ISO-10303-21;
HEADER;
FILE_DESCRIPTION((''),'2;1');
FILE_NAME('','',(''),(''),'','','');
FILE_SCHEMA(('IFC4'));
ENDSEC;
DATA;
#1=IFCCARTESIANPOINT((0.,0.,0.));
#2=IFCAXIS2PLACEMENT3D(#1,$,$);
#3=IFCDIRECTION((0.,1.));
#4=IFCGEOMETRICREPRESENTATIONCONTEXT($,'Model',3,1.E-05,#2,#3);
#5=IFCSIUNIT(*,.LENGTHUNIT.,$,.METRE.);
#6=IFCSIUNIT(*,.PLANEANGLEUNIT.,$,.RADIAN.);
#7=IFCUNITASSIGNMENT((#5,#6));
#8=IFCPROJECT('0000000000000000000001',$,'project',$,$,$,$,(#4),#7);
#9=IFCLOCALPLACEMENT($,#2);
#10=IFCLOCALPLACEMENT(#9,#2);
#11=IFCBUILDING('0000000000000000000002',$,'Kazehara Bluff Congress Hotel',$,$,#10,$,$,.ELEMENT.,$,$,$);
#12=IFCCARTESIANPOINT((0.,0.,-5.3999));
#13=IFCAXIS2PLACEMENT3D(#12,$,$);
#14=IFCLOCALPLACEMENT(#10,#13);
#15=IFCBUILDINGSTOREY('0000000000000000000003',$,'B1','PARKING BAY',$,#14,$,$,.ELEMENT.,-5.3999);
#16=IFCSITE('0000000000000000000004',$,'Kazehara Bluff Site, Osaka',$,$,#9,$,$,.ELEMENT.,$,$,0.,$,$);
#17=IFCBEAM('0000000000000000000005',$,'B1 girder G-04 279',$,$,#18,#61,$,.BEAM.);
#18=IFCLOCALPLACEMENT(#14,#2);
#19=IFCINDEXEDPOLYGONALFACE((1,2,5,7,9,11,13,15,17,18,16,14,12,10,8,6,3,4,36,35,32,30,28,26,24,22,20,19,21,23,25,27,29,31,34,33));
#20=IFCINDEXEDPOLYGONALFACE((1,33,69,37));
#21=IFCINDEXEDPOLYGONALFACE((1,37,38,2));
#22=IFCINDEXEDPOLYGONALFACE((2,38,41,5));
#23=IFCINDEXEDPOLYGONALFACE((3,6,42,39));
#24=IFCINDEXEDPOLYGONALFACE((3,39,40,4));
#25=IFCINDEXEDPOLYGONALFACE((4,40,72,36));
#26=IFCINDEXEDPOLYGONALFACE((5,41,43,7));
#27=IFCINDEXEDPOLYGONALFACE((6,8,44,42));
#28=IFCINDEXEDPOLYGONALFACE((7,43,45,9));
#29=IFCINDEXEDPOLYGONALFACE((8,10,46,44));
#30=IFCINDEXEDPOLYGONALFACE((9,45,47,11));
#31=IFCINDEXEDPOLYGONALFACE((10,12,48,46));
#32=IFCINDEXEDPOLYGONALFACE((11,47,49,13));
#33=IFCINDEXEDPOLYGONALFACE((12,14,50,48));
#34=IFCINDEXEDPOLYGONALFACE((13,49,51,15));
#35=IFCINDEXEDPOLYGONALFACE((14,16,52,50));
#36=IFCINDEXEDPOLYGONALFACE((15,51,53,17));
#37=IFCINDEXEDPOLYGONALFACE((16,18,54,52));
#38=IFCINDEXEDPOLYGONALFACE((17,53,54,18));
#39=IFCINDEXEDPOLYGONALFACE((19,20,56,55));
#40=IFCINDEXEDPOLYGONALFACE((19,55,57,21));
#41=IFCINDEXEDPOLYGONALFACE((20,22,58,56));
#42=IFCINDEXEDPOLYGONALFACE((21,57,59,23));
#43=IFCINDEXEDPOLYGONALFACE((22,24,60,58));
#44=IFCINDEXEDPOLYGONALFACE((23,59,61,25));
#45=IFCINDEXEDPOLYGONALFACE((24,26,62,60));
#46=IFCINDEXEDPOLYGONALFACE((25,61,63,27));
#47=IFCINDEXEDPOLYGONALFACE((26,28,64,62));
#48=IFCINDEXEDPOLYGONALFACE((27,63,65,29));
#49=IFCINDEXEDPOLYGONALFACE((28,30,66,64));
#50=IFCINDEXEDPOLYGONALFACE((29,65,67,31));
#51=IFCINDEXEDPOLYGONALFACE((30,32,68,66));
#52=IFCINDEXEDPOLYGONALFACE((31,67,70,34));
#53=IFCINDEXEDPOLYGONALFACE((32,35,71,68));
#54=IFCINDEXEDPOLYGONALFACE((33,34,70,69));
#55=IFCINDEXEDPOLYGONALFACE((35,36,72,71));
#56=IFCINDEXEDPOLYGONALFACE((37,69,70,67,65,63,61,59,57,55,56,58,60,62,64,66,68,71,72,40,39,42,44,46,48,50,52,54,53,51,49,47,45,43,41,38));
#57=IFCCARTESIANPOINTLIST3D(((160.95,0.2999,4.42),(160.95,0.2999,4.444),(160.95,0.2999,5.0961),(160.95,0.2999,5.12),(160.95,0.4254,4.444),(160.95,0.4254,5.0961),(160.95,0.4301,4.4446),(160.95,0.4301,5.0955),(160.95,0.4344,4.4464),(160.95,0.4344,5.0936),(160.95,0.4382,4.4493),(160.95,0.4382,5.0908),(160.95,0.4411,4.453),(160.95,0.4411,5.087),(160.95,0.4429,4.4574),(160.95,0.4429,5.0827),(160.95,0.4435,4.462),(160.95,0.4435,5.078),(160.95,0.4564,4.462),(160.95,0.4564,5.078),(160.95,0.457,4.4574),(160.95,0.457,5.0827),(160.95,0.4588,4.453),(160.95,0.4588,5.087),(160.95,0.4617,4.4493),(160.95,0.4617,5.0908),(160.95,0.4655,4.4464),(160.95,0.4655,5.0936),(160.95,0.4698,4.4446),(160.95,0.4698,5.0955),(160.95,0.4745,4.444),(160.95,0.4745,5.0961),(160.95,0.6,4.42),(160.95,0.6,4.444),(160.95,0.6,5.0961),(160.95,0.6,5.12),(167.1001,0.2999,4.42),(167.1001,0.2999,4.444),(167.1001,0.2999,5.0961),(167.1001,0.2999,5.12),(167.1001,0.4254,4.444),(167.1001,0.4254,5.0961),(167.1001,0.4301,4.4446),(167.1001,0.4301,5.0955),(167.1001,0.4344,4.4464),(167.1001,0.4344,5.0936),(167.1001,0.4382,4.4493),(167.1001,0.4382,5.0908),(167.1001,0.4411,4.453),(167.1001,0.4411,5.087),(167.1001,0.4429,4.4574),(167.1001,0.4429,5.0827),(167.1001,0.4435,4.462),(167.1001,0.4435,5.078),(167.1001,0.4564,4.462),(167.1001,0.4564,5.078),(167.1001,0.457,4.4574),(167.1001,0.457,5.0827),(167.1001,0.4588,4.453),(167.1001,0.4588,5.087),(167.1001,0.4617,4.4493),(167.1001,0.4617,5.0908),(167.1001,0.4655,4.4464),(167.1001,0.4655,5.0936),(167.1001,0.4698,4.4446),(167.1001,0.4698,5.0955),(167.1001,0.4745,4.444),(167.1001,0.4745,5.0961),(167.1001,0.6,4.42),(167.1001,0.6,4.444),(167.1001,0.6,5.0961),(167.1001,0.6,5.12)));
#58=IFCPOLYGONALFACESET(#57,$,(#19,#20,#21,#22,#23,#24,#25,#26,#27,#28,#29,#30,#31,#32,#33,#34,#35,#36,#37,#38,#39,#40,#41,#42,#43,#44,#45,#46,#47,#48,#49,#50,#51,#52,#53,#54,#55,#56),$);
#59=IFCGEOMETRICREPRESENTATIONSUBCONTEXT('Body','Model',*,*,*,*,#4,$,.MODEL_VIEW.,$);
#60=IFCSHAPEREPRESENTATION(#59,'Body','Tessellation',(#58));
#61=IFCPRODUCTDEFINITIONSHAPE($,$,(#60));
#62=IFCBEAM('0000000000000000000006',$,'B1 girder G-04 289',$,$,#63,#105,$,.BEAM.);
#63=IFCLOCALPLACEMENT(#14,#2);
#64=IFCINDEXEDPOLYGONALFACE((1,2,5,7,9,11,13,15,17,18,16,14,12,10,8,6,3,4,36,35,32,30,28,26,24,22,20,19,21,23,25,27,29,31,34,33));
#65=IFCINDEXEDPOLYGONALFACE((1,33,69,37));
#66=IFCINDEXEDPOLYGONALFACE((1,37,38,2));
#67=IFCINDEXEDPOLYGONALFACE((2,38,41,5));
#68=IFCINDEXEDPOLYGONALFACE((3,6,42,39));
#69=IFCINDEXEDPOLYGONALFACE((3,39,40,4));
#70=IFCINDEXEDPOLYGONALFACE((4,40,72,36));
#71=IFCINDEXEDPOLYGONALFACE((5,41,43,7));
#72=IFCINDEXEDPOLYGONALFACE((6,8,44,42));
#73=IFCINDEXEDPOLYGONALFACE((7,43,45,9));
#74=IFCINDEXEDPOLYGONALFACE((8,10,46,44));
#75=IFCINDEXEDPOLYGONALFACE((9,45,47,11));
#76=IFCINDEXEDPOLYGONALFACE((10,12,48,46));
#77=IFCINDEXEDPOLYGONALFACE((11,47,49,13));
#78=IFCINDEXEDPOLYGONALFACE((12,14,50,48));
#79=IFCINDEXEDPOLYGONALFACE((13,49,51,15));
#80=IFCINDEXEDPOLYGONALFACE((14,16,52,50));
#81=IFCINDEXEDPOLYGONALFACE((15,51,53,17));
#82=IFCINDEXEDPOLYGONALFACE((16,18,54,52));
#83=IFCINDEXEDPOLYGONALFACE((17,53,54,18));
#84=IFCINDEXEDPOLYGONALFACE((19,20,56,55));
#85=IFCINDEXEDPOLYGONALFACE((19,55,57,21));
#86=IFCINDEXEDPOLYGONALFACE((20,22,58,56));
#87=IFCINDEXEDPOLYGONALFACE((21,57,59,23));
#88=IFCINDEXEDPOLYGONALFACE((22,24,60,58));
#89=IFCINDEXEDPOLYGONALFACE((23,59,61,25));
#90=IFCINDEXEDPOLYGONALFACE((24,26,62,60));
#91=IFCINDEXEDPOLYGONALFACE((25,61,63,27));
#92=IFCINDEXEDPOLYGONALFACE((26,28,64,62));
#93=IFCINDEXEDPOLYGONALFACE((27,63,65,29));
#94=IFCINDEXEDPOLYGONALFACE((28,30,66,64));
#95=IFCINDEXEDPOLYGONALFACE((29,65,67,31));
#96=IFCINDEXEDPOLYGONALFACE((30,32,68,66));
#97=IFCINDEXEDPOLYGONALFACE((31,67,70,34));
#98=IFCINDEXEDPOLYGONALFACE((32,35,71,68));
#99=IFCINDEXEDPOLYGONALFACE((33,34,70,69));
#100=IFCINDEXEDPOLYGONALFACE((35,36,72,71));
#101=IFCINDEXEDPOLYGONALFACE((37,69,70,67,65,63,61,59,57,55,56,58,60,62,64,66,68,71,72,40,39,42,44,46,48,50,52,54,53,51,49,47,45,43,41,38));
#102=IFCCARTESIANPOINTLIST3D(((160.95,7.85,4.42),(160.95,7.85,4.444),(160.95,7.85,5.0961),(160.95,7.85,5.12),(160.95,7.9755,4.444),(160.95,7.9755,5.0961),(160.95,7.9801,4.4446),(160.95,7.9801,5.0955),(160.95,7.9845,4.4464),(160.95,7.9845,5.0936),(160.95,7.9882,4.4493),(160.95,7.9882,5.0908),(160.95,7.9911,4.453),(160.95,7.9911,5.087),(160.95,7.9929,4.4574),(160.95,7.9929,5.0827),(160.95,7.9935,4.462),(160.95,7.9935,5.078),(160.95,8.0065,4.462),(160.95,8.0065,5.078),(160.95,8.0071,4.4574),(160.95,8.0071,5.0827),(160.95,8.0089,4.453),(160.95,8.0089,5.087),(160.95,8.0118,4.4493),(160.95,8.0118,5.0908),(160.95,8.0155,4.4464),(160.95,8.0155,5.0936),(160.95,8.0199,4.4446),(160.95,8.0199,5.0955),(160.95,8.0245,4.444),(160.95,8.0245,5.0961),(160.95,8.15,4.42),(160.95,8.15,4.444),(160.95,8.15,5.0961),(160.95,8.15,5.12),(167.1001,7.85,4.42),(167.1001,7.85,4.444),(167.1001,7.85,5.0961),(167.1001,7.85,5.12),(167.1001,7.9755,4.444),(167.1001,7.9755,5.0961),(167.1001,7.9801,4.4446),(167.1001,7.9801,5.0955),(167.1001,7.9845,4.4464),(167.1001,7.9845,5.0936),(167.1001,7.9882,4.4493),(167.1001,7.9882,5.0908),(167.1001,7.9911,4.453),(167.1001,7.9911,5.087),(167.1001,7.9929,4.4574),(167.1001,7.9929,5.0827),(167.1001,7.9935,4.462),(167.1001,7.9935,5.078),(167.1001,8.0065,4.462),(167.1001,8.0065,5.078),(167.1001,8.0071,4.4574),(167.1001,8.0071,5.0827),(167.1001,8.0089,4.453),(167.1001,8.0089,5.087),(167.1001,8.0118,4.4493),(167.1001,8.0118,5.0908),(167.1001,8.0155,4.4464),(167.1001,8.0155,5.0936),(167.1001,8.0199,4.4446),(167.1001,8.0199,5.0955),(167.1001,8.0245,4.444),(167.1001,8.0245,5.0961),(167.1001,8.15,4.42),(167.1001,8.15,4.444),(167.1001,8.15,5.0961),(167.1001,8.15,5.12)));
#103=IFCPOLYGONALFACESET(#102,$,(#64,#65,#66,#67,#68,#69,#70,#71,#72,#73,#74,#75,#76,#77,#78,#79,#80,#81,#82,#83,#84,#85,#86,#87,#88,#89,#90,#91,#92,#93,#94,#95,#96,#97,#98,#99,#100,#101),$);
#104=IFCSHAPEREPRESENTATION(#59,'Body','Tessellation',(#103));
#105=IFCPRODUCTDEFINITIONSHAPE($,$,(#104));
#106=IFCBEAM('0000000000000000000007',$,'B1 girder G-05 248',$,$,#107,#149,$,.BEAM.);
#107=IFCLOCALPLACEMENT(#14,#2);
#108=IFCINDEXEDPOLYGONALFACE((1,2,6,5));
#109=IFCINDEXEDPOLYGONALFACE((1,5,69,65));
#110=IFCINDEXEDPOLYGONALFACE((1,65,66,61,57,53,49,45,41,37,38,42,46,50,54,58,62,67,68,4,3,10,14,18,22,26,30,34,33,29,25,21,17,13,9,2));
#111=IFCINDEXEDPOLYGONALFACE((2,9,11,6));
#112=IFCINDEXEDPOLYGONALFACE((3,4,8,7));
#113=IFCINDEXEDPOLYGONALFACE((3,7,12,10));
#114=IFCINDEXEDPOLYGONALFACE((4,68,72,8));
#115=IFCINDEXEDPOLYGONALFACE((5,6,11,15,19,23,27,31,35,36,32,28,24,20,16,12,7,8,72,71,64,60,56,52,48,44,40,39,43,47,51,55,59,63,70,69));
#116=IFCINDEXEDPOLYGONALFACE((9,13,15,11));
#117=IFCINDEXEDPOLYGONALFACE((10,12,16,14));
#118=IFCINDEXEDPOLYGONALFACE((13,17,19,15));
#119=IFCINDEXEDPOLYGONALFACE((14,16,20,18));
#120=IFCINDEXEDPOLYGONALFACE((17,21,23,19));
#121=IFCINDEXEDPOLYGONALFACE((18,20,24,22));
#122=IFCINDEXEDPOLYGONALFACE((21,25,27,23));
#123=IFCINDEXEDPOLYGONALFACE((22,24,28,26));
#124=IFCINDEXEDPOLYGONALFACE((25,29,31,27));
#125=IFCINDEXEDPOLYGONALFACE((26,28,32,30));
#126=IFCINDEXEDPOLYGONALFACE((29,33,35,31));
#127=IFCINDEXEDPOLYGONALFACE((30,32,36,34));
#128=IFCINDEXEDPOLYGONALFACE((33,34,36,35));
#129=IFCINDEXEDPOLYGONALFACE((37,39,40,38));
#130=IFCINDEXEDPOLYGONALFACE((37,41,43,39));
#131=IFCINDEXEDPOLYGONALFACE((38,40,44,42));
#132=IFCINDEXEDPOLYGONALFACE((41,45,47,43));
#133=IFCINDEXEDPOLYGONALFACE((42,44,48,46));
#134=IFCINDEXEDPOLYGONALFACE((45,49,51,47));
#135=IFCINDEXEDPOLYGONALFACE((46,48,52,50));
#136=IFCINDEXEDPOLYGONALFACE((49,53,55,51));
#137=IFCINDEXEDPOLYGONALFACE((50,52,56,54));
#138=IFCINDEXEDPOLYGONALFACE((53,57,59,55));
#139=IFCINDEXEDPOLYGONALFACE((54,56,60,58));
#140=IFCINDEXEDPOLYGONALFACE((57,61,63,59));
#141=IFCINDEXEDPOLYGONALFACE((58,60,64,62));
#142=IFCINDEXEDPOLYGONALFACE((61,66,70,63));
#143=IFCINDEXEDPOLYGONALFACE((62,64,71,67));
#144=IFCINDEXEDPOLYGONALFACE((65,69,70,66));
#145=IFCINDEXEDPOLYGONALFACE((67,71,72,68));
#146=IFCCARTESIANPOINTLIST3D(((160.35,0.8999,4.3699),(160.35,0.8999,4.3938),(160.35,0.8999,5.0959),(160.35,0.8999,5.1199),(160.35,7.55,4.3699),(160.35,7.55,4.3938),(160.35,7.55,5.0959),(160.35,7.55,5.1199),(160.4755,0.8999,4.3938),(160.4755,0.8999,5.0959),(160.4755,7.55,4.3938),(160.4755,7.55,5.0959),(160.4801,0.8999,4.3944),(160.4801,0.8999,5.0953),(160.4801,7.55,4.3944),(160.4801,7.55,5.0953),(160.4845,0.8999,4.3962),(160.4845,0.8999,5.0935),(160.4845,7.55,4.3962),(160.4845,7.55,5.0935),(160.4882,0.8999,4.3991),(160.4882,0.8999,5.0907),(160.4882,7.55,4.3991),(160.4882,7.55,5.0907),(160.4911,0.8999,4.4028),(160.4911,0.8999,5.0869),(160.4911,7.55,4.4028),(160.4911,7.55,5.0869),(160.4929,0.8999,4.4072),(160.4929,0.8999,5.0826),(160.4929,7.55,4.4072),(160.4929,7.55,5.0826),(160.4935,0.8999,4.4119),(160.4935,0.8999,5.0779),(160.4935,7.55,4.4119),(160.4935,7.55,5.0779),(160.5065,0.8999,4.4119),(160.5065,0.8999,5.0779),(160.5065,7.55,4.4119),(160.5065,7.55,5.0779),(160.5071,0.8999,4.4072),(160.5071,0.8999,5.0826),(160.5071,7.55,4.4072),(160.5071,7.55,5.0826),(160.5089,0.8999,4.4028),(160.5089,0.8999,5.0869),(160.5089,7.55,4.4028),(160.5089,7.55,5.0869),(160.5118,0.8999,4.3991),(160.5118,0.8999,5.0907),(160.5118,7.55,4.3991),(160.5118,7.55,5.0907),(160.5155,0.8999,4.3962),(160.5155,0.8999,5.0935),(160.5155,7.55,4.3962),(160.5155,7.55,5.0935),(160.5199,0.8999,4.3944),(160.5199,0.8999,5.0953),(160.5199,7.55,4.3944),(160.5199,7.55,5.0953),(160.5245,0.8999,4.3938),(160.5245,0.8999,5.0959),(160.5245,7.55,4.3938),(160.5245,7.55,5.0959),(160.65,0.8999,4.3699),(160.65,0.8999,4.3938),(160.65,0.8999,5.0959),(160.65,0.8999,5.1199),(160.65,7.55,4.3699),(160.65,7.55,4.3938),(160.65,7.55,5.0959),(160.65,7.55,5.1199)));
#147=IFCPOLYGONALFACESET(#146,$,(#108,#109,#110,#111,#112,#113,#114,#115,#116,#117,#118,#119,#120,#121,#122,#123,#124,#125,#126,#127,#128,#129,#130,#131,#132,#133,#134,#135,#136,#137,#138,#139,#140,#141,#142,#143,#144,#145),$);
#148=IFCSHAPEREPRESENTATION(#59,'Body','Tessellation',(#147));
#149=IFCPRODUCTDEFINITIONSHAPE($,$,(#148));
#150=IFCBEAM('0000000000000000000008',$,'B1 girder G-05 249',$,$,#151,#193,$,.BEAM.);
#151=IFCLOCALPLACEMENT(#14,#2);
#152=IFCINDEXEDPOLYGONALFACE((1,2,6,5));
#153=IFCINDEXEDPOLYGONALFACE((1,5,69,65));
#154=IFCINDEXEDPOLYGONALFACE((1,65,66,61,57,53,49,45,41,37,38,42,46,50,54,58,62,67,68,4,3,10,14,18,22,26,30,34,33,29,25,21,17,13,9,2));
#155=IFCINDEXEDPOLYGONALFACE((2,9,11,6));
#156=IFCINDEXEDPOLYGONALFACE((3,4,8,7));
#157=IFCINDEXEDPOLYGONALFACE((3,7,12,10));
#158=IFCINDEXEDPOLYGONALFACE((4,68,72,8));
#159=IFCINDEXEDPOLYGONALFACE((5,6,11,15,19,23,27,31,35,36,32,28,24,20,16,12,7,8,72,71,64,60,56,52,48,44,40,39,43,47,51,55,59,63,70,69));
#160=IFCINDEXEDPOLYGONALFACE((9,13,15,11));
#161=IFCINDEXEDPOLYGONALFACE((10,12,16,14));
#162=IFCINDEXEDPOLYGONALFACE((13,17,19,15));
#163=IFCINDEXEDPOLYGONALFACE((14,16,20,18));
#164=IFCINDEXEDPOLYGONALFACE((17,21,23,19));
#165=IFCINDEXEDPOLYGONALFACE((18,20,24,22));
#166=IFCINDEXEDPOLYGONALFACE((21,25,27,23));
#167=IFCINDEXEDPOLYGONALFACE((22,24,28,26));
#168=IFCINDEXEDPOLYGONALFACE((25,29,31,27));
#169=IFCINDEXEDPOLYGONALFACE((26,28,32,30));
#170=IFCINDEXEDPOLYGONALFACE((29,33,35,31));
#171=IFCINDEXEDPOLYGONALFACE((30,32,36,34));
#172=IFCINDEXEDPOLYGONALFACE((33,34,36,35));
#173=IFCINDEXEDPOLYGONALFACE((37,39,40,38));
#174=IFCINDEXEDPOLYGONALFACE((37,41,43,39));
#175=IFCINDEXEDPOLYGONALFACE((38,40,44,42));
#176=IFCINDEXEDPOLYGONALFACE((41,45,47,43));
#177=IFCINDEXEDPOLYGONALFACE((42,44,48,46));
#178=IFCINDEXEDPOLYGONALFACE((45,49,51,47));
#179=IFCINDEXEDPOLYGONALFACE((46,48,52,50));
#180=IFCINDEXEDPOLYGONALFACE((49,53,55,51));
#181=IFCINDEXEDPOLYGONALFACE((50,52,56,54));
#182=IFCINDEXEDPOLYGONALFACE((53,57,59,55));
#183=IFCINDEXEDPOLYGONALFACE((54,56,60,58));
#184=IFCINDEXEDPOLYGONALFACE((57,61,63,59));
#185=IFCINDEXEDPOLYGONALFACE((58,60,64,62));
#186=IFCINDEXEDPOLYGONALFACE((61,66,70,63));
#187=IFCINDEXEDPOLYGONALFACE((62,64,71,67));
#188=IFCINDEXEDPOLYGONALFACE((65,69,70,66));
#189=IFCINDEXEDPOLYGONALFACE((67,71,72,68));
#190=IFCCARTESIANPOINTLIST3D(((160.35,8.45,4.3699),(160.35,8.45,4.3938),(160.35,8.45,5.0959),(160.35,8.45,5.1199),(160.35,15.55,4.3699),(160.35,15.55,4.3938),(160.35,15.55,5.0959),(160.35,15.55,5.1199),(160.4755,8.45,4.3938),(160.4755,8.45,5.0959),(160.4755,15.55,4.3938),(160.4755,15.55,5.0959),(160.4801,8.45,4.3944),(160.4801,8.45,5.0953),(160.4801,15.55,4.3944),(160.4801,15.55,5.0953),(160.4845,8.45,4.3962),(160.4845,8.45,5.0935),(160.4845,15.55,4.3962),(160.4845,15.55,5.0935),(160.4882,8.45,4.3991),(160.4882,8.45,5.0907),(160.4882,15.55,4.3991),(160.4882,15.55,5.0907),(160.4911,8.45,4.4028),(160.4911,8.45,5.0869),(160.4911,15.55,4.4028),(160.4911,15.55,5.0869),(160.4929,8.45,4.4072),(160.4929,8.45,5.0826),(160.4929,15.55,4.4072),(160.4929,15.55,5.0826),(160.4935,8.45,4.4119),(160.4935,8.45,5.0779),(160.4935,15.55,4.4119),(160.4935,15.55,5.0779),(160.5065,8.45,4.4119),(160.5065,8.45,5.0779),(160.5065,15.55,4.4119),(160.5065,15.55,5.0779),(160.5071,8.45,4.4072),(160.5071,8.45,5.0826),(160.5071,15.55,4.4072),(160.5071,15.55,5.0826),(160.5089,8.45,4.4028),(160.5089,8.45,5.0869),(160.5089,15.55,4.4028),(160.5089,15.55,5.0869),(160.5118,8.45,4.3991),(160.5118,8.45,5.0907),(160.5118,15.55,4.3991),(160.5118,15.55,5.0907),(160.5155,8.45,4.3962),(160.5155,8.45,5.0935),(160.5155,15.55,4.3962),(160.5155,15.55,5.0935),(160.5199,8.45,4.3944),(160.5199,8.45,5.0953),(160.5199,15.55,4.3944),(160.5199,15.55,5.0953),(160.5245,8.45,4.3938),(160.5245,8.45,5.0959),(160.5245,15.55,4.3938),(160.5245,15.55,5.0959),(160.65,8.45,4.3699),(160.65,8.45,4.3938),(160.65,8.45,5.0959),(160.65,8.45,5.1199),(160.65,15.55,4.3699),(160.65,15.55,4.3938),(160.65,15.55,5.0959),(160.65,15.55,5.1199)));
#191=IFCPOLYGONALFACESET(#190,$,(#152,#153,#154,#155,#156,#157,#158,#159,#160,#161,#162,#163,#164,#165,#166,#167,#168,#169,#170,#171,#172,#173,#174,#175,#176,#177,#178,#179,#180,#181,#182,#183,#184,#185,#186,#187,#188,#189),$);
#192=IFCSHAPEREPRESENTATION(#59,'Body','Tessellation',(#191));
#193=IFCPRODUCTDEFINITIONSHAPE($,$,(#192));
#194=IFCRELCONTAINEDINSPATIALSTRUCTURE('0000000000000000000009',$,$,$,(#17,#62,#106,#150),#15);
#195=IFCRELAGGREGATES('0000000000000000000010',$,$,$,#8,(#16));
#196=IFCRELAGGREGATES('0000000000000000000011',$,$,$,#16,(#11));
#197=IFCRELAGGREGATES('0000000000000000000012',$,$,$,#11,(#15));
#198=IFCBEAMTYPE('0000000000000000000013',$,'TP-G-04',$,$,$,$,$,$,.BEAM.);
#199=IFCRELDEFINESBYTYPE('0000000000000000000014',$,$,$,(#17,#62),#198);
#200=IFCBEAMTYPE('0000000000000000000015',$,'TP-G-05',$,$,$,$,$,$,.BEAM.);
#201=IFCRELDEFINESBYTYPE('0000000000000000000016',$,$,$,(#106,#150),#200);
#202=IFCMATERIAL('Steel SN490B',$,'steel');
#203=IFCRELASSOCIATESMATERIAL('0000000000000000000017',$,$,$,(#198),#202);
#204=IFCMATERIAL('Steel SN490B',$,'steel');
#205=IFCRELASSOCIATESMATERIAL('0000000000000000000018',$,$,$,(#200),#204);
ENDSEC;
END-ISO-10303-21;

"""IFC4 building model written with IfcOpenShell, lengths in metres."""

from ifc_helpers import new_model, si_unit, direction, frame, origin, origin_2d, place, context, subcontext, project, spatial, i_section, extrude, material, material_profile, profile_set, type_object, element, save


model = new_model("IFC4")

# Units and contexts
model_context = context("Model", 3, precision=1e-05, world=origin(), true_north=direction((0.0, 1.0)))
body_context = subcontext(model_context, "Body", "Model", "MODEL_VIEW")
ifc_project = project(units=[si_unit("LENGTHUNIT", "METRE"), si_unit("PLANEANGLEUNIT", "RADIAN")], contexts=[model_context])

# Site, building, storey
site_placement = place(None, origin())
site = spatial("IfcSite", under=ifc_project, at=site_placement, Name="Kazehara Bluff Site, Osaka", CompositionType="ELEMENT", RefElevation=0.0)
building_placement = place(site_placement, origin())
building = spatial("IfcBuilding", under=site, at=building_placement, Name="Kazehara Bluff Congress Hotel", CompositionType="ELEMENT")
storey_placement = place(building_placement, frame((0.0, 0.0, -5.3999)))
storey = spatial("IfcBuildingStorey", under=building, at=storey_placement, Name="B1", Description="PARKING BAY", CompositionType="ELEMENT", Elevation=-5.3999)

# Beams
ifc_material_1 = material(Name="Steel SN490B", Category="steel")
ifc_material_profile_1 = material_profile(ifc_material_1, i_section(OverallWidth=0.3, OverallDepth=0.7, WebThickness=0.0129, FlangeThickness=0.0239, FilletRadius=0.0181, at=origin_2d()))
ifc_profile_set_1 = profile_set([ifc_material_profile_1], Name="Steel SN490B")
beam_type_1 = type_object("IfcBeamType", Name="TP-G-04", PredefinedType="BEAM", material=ifc_profile_set_1)
for number, where, z_axis, x_axis, name in (
    (1, (160.95, 0.45, 4.77), (1.0, 0.0, 0.0), (0.0, 1.0, 0.0), "B1 girder G-04 279"),
    (2, (160.95, 8.0, 4.77), (1.0, 0.0, 0.0), (0.0, 1.0, 0.0), "B1 girder G-04 289"),
):
    element("IfcBeam", number, at=place(storey_placement, frame(where, z_axis=z_axis, x_axis=x_axis)), inside=storey, type_object=beam_type_1, Name=name, PredefinedType="BEAM", context=body_context, shape_type="SweptSolid", body=[
        extrude(i_section(OverallWidth=0.3, OverallDepth=0.7, WebThickness=0.0129, FlangeThickness=0.0239, FilletRadius=0.0181, at=origin_2d()), origin(), (0.0, 0.0, 1.0), 6.1501),
    ])
ifc_material_2 = material(Name="Steel SN490B", Category="steel")
ifc_material_profile_2 = material_profile(ifc_material_2, i_section(OverallWidth=0.3, OverallDepth=0.75, WebThickness=0.0129, FlangeThickness=0.0239, FilletRadius=0.0181, at=origin_2d()))
ifc_profile_set_2 = profile_set([ifc_material_profile_2], Name="Steel SN490B")
beam_type_2 = type_object("IfcBeamType", Name="TP-G-05", PredefinedType="BEAM", material=ifc_profile_set_2)
beam_1_placement = place(storey_placement, frame((160.5, 0.8999, 4.7449), z_axis=(0.0, 1.0, 0.0), x_axis=(-1.0, 0.0, 0.0)))
element("IfcBeam", 3, at=beam_1_placement, inside=storey, type_object=beam_type_2, Name="B1 girder G-05 248", PredefinedType="BEAM", context=body_context, shape_type="SweptSolid", body=[
    extrude(i_section(OverallWidth=0.3, OverallDepth=0.75, WebThickness=0.0129, FlangeThickness=0.0239, FilletRadius=0.0181, at=origin_2d()), origin(), (0.0, 0.0, 1.0), 6.6501),
])
beam_2_placement = place(storey_placement, frame((160.5, 8.45, 4.7449), z_axis=(0.0, 1.0, 0.0), x_axis=(-1.0, 0.0, 0.0)))
element("IfcBeam", 4, at=beam_2_placement, inside=storey, type_object=beam_type_2, Name="B1 girder G-05 249", PredefinedType="BEAM", context=body_context, shape_type="SweptSolid", body=[
    extrude(i_section(OverallWidth=0.3, OverallDepth=0.75, WebThickness=0.0129, FlangeThickness=0.0239, FilletRadius=0.0181, at=origin_2d()), origin(), (0.0, 0.0, 1.0), 7.1001),
])

save(model, "model.ifc")
